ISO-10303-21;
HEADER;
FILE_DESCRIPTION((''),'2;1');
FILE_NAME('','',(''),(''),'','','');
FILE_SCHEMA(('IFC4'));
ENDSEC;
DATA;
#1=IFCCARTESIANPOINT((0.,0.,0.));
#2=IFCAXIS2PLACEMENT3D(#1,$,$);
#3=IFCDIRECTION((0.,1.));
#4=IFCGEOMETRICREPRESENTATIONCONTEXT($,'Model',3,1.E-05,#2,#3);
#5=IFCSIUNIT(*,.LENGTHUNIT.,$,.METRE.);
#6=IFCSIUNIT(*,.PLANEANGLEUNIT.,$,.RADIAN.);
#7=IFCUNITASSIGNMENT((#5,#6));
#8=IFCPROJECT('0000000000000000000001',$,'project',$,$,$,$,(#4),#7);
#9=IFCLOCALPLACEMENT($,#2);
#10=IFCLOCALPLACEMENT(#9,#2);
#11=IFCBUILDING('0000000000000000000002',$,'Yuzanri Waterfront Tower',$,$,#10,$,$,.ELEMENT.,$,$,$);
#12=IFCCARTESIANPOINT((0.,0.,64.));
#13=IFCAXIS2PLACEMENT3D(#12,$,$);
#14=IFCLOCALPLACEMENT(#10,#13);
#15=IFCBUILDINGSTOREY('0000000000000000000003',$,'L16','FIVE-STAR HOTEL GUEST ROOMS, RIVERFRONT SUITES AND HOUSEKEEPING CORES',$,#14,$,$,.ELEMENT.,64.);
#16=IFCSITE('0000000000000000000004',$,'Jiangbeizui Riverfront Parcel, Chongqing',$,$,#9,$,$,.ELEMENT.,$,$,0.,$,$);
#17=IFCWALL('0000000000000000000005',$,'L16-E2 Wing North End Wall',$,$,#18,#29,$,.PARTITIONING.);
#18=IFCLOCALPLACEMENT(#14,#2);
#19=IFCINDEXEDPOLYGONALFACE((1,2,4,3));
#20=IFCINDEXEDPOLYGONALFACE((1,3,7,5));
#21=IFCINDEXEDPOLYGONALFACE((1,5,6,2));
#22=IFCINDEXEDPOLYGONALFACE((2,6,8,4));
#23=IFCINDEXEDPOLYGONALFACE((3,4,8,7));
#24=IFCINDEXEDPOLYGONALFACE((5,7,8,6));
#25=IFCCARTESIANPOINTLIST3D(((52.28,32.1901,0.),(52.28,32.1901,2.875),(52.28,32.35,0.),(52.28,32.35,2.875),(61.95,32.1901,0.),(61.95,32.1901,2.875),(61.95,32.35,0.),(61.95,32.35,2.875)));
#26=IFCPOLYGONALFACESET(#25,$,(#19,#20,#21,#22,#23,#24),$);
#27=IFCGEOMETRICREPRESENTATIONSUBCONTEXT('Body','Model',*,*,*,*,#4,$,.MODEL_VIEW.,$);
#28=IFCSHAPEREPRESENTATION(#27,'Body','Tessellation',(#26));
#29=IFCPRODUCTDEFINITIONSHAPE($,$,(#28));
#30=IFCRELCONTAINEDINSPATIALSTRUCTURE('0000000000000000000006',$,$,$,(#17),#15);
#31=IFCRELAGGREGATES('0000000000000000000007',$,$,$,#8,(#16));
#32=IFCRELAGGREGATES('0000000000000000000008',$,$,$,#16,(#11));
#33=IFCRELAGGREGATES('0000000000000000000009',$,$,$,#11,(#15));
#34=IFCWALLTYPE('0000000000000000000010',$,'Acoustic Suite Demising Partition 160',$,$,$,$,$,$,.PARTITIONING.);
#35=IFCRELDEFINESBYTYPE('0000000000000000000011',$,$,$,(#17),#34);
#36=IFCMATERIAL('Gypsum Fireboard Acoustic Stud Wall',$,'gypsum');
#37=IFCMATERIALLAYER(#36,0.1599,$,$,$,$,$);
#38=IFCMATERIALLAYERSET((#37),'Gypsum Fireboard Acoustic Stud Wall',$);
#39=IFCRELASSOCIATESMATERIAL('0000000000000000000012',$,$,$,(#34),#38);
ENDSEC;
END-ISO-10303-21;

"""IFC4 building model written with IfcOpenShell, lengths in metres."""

from ifc_helpers import new_model, si_unit, direction, frame, frame_2d, origin, place, context, subcontext, project, spatial, rectangle, extrude, source, transform, mapped, material, layer, layer_set, type_object, element, save


model = new_model("IFC4")

# Units and contexts
model_context = context("Model", 3, precision=1e-05, world=origin(), true_north=direction((0.0, 1.0)))
body_context = subcontext(model_context, "Body", "Model", "MODEL_VIEW")
ifc_project = project(units=[si_unit("LENGTHUNIT", "METRE"), si_unit("PLANEANGLEUNIT", "RADIAN")], contexts=[model_context])

# Site, building, storey
site_placement = place(None, origin())
site = spatial("IfcSite", under=ifc_project, at=site_placement, Name="Jiangbeizui Riverfront Parcel, Chongqing", CompositionType="ELEMENT", RefElevation=0.0)
building_placement = place(site_placement, origin())
building = spatial("IfcBuilding", under=site, at=building_placement, Name="Yuzanri Waterfront Tower", CompositionType="ELEMENT")
storey_placement = place(building_placement, frame((0.0, 0.0, 64.0)))
storey = spatial("IfcBuildingStorey", under=building, at=storey_placement, Name="L16", Description="FIVE-STAR HOTEL GUEST ROOMS, RIVERFRONT SUITES AND HOUSEKEEPING CORES", CompositionType="ELEMENT", Elevation=64.0)

# Wall
ifc_material_1 = material(Name="Gypsum Fireboard Acoustic Stud Wall", Category="gypsum")
ifc_layer_1 = layer(ifc_material_1, 0.1599)
ifc_layer_set_1 = layer_set([ifc_layer_1], Name="Gypsum Fireboard Acoustic Stud Wall")
wall_type_1 = type_object("IfcWallType", Name="Acoustic Suite Demising Partition 160", PredefinedType="PARTITIONING", material=ifc_layer_set_1)
shared_shape_1 = source(origin(), body_context, "Body", "SweptSolid", [
    extrude(rectangle(XDim=9.6699, YDim=0.1599, at=frame_2d((4.835, 0.0))), origin(), (0.0, 0.0, 1.0), 2.875),
])
wall_1_placement = place(storey_placement, frame((52.28, 32.27, 0.0), z_axis=(0.0, 0.0, 1.0), x_axis=(1.0, 0.0, 0.0)))
element("IfcWall", 1, at=wall_1_placement, inside=storey, type_object=wall_type_1, Name="L16-E2 Wing North End Wall", PredefinedType="PARTITIONING", context=body_context, shape_type="MappedRepresentation", body=[
    mapped(shared_shape_1, transform((0.0, 0.0, 0.0), scale=1.0)),
])

save(model, "model.ifc")
